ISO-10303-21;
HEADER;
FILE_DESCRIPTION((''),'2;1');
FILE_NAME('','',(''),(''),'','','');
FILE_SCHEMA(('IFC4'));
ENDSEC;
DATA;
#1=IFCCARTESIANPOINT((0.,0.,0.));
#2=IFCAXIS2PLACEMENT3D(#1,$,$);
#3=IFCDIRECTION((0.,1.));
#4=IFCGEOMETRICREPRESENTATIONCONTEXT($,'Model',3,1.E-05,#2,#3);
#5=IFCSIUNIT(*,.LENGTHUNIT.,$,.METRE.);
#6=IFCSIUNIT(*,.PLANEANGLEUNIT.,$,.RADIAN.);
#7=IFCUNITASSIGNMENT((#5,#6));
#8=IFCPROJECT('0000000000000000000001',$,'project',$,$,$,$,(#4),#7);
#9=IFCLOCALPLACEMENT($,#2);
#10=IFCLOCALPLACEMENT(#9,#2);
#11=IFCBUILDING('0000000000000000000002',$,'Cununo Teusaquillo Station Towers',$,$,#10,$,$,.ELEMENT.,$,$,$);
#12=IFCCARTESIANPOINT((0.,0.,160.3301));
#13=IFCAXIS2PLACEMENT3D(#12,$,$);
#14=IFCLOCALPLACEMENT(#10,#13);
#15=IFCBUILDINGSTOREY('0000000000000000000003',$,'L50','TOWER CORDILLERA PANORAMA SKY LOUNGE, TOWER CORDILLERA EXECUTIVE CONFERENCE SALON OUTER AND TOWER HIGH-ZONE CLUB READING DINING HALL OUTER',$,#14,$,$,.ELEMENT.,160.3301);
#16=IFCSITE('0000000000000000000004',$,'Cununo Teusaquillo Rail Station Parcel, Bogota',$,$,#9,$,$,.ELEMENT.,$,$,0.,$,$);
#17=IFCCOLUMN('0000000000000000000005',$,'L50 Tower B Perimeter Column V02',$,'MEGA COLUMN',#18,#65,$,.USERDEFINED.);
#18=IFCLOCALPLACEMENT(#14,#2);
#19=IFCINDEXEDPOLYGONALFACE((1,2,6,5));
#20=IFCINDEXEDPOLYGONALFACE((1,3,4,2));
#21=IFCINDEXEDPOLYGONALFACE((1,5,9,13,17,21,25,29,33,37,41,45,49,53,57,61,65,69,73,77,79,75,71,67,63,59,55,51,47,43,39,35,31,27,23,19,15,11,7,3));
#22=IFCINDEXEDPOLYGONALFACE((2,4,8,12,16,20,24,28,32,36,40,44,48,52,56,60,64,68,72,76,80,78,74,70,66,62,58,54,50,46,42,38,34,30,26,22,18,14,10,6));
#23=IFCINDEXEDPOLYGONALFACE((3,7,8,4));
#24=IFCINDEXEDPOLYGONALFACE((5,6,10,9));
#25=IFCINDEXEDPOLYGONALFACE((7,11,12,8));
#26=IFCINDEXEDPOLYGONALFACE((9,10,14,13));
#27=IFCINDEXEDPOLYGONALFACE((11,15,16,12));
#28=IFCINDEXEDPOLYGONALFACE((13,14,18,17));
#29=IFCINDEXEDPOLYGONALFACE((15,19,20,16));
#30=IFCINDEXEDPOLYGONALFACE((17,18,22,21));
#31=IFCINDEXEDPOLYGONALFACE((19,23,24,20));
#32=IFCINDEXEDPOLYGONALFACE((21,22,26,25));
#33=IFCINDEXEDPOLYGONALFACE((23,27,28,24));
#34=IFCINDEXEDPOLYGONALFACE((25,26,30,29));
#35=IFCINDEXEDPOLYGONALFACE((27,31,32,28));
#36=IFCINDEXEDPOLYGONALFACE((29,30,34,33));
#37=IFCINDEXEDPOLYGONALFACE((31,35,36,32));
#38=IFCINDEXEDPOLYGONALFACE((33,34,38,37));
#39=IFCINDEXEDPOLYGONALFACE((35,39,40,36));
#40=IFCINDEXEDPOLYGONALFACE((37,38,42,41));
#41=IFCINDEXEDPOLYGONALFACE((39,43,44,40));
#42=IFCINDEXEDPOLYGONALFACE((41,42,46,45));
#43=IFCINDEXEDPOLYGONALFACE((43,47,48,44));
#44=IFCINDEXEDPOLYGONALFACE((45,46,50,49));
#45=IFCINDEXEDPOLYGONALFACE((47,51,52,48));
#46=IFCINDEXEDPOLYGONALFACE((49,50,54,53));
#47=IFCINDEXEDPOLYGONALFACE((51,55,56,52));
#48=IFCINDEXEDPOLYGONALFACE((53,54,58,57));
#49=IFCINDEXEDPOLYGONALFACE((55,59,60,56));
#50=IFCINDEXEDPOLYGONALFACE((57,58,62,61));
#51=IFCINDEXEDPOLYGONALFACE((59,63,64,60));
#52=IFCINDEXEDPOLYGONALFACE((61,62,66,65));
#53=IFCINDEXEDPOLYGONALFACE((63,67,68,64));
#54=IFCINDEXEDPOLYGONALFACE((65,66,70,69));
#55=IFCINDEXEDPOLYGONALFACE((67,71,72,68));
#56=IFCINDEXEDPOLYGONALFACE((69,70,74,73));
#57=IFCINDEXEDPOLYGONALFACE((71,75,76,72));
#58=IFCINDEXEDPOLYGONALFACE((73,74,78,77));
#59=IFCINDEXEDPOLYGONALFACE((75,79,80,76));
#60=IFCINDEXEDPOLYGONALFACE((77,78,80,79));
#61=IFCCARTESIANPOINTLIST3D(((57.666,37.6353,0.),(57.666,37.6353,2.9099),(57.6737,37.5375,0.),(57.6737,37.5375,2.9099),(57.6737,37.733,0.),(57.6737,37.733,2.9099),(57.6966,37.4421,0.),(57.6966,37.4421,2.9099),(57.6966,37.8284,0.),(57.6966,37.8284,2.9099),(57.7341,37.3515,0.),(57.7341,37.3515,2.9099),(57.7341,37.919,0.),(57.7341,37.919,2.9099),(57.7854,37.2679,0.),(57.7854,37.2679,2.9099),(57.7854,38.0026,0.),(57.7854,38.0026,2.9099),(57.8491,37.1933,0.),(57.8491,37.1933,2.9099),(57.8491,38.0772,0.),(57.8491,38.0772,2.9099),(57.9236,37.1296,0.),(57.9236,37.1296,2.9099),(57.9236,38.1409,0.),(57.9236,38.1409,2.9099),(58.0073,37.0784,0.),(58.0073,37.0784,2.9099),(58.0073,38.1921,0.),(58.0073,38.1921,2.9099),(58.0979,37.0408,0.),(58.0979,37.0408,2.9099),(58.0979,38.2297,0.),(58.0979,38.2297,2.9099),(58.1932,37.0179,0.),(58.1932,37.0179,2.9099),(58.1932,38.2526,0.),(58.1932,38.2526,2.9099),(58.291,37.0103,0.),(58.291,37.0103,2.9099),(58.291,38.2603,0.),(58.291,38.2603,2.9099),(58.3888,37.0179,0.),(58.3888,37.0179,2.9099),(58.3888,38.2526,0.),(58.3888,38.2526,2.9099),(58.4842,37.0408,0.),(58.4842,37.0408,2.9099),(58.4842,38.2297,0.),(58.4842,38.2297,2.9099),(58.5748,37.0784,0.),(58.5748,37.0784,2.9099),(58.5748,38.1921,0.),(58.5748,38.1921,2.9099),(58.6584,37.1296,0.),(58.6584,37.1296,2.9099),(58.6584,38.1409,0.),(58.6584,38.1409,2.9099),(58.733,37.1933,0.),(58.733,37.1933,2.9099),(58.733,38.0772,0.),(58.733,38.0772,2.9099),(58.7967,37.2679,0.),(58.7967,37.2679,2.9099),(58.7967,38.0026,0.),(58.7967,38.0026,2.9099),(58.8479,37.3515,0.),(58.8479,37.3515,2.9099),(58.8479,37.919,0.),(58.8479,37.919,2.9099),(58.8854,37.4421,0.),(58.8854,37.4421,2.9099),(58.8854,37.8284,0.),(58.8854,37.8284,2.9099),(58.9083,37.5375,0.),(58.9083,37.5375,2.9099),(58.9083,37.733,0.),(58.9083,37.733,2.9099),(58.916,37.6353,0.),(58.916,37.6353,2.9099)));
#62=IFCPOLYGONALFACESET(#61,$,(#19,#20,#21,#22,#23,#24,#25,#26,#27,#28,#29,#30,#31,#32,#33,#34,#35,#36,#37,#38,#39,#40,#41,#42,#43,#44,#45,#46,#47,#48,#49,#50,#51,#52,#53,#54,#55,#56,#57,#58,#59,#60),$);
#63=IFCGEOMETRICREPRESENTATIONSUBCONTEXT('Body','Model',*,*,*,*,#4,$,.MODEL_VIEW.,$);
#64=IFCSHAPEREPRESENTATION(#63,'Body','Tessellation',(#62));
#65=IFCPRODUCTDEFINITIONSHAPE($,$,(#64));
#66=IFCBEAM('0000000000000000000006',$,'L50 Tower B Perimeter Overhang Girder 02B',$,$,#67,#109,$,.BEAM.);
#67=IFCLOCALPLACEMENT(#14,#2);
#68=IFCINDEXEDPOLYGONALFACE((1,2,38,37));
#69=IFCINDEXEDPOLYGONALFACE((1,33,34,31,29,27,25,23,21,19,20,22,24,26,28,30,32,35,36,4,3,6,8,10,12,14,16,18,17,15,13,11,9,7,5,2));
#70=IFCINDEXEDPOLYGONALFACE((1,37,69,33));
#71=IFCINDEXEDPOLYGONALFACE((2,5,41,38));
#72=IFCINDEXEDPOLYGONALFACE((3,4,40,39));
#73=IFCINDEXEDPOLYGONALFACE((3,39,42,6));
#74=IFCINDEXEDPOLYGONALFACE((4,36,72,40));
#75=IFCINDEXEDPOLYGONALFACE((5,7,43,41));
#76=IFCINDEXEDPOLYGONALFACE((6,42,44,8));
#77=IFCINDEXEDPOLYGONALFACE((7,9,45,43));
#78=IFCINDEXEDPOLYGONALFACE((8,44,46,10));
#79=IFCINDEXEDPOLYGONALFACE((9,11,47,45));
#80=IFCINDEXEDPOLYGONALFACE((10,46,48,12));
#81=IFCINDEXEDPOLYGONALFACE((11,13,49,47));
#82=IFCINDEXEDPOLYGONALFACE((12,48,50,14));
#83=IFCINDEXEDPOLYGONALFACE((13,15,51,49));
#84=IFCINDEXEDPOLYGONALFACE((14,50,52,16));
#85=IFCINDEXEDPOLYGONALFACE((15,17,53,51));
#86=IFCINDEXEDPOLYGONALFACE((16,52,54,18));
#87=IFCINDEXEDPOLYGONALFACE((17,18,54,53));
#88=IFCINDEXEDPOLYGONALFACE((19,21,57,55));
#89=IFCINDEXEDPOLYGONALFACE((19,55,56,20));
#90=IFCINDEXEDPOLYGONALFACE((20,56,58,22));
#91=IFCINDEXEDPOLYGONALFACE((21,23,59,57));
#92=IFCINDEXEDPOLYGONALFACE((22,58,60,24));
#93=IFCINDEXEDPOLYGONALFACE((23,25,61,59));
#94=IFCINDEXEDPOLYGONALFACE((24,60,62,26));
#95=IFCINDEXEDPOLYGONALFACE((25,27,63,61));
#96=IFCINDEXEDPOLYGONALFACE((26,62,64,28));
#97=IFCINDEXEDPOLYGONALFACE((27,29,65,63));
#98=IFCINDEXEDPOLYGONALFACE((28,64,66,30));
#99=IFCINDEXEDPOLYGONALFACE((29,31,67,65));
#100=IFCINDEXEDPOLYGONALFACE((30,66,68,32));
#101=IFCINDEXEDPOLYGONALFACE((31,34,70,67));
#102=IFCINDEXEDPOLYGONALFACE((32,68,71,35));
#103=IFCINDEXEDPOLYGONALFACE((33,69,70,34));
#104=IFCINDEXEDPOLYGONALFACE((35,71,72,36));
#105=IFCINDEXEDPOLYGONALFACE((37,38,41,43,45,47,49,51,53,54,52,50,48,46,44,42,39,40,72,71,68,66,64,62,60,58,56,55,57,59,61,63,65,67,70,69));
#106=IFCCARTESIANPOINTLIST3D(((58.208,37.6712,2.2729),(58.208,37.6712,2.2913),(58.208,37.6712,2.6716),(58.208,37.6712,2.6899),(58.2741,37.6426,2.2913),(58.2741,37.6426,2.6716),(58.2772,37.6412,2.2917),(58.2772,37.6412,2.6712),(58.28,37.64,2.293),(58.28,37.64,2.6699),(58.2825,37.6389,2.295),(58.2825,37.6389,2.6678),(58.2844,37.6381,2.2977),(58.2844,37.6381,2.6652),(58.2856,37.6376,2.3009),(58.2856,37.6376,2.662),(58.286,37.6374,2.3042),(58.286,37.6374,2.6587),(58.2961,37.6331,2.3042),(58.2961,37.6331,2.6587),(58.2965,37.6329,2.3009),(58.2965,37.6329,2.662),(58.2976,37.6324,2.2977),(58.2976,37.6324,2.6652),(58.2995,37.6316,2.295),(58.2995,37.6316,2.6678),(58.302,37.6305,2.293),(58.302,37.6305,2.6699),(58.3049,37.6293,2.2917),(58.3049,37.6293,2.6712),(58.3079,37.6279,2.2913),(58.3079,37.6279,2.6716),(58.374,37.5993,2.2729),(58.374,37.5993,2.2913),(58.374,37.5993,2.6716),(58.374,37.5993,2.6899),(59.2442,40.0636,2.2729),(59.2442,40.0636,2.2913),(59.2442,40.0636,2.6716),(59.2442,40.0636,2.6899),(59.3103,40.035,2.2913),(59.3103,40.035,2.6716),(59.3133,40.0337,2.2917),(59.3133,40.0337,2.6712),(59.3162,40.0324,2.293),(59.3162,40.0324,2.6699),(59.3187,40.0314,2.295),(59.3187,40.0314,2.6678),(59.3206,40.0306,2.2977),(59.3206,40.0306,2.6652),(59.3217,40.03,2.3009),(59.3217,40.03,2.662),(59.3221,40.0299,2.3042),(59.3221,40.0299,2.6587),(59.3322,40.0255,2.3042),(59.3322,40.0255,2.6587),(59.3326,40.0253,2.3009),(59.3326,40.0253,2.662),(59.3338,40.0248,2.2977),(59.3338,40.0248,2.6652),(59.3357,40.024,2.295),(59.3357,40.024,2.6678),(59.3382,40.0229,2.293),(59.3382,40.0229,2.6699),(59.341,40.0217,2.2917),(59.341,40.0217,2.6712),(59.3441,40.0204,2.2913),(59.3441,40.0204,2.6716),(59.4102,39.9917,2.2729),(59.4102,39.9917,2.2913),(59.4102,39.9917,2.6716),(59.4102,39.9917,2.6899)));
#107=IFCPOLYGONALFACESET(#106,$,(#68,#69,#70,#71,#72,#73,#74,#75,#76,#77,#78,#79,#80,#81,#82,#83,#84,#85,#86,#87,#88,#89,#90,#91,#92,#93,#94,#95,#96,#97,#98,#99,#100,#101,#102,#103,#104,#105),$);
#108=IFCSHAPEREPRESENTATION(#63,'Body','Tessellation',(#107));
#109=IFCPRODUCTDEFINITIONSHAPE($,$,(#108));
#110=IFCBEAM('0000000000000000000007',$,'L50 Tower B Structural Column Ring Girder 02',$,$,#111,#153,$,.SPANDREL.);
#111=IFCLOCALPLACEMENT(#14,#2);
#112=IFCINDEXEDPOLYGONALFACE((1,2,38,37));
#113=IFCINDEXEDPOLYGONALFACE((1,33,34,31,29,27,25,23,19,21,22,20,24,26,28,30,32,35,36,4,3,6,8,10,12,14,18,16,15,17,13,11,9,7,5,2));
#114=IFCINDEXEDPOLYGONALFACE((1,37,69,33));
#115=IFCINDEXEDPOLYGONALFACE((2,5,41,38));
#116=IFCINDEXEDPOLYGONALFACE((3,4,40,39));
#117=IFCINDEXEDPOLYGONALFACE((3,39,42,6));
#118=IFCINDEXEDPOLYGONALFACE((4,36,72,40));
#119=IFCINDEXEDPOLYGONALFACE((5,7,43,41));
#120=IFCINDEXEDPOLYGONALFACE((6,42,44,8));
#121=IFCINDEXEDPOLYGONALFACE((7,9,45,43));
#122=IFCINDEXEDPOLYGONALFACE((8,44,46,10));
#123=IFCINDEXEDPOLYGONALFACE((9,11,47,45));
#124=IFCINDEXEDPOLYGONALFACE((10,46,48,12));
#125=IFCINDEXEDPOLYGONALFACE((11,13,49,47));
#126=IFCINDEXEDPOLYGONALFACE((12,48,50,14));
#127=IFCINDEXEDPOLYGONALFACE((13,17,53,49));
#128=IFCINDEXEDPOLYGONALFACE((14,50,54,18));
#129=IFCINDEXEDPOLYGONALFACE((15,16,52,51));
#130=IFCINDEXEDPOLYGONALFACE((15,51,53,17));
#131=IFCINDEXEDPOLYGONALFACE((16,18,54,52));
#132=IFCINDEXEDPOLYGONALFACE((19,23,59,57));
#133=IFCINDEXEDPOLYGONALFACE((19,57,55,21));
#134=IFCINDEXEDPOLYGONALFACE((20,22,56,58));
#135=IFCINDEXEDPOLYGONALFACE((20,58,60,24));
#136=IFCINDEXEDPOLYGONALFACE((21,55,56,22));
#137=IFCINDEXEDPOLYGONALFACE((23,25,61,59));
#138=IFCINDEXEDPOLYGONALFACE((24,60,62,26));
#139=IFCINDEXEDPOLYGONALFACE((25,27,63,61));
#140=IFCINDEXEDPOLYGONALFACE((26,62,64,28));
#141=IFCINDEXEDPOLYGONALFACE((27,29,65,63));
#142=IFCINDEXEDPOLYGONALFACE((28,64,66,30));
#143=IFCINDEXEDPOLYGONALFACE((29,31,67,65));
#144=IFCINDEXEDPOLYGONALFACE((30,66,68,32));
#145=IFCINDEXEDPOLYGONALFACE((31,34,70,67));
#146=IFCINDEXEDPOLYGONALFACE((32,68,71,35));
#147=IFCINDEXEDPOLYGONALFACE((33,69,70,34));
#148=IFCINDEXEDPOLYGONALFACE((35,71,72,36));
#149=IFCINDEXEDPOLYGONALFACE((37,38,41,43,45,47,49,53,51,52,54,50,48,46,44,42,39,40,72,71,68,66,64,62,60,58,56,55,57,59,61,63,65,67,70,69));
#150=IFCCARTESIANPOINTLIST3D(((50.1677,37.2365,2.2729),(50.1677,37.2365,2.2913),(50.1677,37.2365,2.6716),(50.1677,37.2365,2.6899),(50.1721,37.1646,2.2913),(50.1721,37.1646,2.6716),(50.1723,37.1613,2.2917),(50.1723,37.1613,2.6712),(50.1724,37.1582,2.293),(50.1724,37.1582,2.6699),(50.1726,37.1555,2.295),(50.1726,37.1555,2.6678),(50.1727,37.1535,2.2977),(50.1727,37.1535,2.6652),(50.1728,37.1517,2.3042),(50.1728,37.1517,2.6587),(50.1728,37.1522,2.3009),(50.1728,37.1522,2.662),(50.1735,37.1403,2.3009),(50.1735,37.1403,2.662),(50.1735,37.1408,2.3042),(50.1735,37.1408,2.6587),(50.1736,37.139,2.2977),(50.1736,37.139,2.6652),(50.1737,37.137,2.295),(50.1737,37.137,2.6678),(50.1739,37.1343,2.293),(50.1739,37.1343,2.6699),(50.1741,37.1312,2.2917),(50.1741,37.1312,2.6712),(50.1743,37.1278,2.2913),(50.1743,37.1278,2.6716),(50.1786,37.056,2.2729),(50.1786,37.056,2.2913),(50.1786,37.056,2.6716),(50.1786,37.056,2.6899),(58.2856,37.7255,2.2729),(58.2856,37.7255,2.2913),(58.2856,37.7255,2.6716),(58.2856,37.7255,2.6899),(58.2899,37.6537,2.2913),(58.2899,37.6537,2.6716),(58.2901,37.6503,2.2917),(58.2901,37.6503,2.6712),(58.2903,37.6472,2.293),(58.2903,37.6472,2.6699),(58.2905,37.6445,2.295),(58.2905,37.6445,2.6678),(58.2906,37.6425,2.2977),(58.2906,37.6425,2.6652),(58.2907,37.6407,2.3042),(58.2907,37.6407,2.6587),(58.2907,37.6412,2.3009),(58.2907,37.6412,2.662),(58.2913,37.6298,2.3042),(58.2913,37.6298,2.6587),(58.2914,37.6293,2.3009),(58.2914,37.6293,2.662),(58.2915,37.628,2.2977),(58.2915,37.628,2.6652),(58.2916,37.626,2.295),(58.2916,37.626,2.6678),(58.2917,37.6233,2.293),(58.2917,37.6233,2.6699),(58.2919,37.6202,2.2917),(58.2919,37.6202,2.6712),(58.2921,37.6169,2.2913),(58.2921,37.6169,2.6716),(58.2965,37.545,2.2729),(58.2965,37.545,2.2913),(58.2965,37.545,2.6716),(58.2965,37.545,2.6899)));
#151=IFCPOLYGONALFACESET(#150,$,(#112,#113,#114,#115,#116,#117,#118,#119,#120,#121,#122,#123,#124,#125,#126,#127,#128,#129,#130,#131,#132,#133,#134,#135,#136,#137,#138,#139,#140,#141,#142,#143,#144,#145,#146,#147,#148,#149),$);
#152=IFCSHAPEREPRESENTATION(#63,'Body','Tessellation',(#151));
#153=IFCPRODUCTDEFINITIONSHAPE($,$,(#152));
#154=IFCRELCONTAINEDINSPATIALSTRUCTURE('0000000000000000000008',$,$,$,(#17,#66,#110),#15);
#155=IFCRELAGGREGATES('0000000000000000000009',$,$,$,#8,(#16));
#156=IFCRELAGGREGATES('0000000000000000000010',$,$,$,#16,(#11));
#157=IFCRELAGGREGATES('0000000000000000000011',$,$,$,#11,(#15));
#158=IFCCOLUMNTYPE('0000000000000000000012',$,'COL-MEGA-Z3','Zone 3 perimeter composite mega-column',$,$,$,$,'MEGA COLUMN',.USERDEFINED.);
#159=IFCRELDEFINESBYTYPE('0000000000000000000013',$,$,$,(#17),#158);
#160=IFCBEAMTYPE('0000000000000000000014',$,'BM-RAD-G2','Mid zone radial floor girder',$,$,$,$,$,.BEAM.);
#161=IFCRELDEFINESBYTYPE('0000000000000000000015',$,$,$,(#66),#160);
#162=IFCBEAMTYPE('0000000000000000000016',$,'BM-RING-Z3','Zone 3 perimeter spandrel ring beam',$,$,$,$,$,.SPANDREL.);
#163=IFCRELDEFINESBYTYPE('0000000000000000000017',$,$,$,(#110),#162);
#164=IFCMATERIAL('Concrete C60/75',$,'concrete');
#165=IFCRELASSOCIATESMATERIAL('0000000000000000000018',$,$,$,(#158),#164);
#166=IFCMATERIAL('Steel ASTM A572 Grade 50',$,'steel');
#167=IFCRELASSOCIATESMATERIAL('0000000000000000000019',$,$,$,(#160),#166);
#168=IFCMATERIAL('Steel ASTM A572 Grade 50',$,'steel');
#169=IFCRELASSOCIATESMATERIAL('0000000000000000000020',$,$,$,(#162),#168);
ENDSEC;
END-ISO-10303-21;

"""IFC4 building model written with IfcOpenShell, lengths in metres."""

from ifc_helpers import new_model, si_unit, direction, frame, origin, origin_2d, place, context, subcontext, project, spatial, circle, i_section, extrude, material, material_profile, profile_set, type_object, element, save


model = new_model("IFC4")

# Units and contexts
model_context = context("Model", 3, precision=1e-05, world=origin(), true_north=direction((0.0, 1.0)))
body_context = subcontext(model_context, "Body", "Model", "MODEL_VIEW")
ifc_project = project(units=[si_unit("LENGTHUNIT", "METRE"), si_unit("PLANEANGLEUNIT", "RADIAN")], contexts=[model_context])

# Site, building, storey
site_placement = place(None, origin())
site = spatial("IfcSite", under=ifc_project, at=site_placement, Name="Cununo Teusaquillo Rail Station Parcel, Bogota", CompositionType="ELEMENT", RefElevation=0.0)
building_placement = place(site_placement, origin())
building = spatial("IfcBuilding", under=site, at=building_placement, Name="Cununo Teusaquillo Station Towers", CompositionType="ELEMENT")
storey_placement = place(building_placement, frame((0.0, 0.0, 160.3301)))
storey = spatial("IfcBuildingStorey", under=building, at=storey_placement, Name="L50", Description="TOWER CORDILLERA PANORAMA SKY LOUNGE, TOWER CORDILLERA EXECUTIVE CONFERENCE SALON OUTER AND TOWER HIGH-ZONE CLUB READING DINING HALL OUTER", CompositionType="ELEMENT", Elevation=160.3301)

# Column
ifc_material_1 = material(Name="Concrete C60/75", Category="concrete")
ifc_material_profile_1 = material_profile(ifc_material_1, circle(Radius=0.625, at=origin_2d()), Name="RC-CIRC-1250")
ifc_profile_set_1 = profile_set([ifc_material_profile_1], Name="Concrete C60/75")
column_type = type_object("IfcColumnType", Name="COL-MEGA-Z3", Description="Zone 3 perimeter composite mega-column", ElementType="MEGA COLUMN", PredefinedType="USERDEFINED", material=ifc_profile_set_1)
column_placement = place(storey_placement, frame((58.291, 37.6353, 0.0), z_axis=(0.0, 0.0, 1.0), x_axis=(1.0, 0.0, 0.0)))
element("IfcColumn", 1, at=column_placement, inside=storey, type_object=column_type, Name="L50 Tower B Perimeter Column V02", ObjectType="MEGA COLUMN", PredefinedType="USERDEFINED", context=body_context, shape_type="SweptSolid", body=[
    extrude(circle(Radius=0.625, at=origin_2d()), origin(), (0.0, 0.0, 1.0), 2.9099),
])

# Beams
ifc_material_2 = material(Name="Steel ASTM A572 Grade 50", Category="steel")
ifc_material_profile_2 = material_profile(ifc_material_2, i_section(OverallWidth=0.1809, OverallDepth=0.417, WebThickness=0.011, FlangeThickness=0.0183, FilletRadius=0.0129, at=origin_2d()), Name="W16X57")
ifc_profile_set_2 = profile_set([ifc_material_profile_2], Name="Steel ASTM A572 Grade 50")
beam_type_1 = type_object("IfcBeamType", Name="BM-RAD-G2", Description="Mid zone radial floor girder", PredefinedType="BEAM", material=ifc_profile_set_2)
beam_1_placement = place(storey_placement, frame((58.291, 37.6353, 2.4814), z_axis=(0.397431, 0.917632, 0.0), x_axis=(-0.917632, 0.397431, 0.0)))
element("IfcBeam", 2, at=beam_1_placement, inside=storey, type_object=beam_type_1, Name="L50 Tower B Perimeter Overhang Girder 02B", PredefinedType="BEAM", context=body_context, shape_type="SweptSolid", body=[
    extrude(i_section(OverallWidth=0.1809, OverallDepth=0.417, WebThickness=0.011, FlangeThickness=0.0183, FilletRadius=0.0129, at=origin_2d()), origin(), (0.0, 0.0, 1.0), 2.6072),
])
ifc_material_3 = material(Name="Steel ASTM A572 Grade 50", Category="steel")
ifc_material_profile_3 = material_profile(ifc_material_3, i_section(OverallWidth=0.1809, OverallDepth=0.417, WebThickness=0.011, FlangeThickness=0.0183, FilletRadius=0.0129, at=origin_2d()), Name="W16X57")
ifc_profile_set_3 = profile_set([ifc_material_profile_3], Name="Steel ASTM A572 Grade 50")
beam_type_2 = type_object("IfcBeamType", Name="BM-RING-Z3", Description="Zone 3 perimeter spandrel ring beam", PredefinedType="SPANDREL", material=ifc_profile_set_3)
beam_2_placement = place(storey_placement, frame((58.291, 37.6353, 2.4814), z_axis=(-0.998191, -0.06013, 0.0), x_axis=(0.06013, -0.998191, 0.0)))
element("IfcBeam", 3, at=beam_2_placement, inside=storey, type_object=beam_type_2, Name="L50 Tower B Structural Column Ring Girder 02", PredefinedType="SPANDREL", context=body_context, shape_type="SweptSolid", body=[
    extrude(i_section(OverallWidth=0.1809, OverallDepth=0.417, WebThickness=0.011, FlangeThickness=0.0183, FilletRadius=0.0129, at=origin_2d()), origin(), (0.0, 0.0, 1.0), 8.1326),
])

save(model, "model.ifc")
